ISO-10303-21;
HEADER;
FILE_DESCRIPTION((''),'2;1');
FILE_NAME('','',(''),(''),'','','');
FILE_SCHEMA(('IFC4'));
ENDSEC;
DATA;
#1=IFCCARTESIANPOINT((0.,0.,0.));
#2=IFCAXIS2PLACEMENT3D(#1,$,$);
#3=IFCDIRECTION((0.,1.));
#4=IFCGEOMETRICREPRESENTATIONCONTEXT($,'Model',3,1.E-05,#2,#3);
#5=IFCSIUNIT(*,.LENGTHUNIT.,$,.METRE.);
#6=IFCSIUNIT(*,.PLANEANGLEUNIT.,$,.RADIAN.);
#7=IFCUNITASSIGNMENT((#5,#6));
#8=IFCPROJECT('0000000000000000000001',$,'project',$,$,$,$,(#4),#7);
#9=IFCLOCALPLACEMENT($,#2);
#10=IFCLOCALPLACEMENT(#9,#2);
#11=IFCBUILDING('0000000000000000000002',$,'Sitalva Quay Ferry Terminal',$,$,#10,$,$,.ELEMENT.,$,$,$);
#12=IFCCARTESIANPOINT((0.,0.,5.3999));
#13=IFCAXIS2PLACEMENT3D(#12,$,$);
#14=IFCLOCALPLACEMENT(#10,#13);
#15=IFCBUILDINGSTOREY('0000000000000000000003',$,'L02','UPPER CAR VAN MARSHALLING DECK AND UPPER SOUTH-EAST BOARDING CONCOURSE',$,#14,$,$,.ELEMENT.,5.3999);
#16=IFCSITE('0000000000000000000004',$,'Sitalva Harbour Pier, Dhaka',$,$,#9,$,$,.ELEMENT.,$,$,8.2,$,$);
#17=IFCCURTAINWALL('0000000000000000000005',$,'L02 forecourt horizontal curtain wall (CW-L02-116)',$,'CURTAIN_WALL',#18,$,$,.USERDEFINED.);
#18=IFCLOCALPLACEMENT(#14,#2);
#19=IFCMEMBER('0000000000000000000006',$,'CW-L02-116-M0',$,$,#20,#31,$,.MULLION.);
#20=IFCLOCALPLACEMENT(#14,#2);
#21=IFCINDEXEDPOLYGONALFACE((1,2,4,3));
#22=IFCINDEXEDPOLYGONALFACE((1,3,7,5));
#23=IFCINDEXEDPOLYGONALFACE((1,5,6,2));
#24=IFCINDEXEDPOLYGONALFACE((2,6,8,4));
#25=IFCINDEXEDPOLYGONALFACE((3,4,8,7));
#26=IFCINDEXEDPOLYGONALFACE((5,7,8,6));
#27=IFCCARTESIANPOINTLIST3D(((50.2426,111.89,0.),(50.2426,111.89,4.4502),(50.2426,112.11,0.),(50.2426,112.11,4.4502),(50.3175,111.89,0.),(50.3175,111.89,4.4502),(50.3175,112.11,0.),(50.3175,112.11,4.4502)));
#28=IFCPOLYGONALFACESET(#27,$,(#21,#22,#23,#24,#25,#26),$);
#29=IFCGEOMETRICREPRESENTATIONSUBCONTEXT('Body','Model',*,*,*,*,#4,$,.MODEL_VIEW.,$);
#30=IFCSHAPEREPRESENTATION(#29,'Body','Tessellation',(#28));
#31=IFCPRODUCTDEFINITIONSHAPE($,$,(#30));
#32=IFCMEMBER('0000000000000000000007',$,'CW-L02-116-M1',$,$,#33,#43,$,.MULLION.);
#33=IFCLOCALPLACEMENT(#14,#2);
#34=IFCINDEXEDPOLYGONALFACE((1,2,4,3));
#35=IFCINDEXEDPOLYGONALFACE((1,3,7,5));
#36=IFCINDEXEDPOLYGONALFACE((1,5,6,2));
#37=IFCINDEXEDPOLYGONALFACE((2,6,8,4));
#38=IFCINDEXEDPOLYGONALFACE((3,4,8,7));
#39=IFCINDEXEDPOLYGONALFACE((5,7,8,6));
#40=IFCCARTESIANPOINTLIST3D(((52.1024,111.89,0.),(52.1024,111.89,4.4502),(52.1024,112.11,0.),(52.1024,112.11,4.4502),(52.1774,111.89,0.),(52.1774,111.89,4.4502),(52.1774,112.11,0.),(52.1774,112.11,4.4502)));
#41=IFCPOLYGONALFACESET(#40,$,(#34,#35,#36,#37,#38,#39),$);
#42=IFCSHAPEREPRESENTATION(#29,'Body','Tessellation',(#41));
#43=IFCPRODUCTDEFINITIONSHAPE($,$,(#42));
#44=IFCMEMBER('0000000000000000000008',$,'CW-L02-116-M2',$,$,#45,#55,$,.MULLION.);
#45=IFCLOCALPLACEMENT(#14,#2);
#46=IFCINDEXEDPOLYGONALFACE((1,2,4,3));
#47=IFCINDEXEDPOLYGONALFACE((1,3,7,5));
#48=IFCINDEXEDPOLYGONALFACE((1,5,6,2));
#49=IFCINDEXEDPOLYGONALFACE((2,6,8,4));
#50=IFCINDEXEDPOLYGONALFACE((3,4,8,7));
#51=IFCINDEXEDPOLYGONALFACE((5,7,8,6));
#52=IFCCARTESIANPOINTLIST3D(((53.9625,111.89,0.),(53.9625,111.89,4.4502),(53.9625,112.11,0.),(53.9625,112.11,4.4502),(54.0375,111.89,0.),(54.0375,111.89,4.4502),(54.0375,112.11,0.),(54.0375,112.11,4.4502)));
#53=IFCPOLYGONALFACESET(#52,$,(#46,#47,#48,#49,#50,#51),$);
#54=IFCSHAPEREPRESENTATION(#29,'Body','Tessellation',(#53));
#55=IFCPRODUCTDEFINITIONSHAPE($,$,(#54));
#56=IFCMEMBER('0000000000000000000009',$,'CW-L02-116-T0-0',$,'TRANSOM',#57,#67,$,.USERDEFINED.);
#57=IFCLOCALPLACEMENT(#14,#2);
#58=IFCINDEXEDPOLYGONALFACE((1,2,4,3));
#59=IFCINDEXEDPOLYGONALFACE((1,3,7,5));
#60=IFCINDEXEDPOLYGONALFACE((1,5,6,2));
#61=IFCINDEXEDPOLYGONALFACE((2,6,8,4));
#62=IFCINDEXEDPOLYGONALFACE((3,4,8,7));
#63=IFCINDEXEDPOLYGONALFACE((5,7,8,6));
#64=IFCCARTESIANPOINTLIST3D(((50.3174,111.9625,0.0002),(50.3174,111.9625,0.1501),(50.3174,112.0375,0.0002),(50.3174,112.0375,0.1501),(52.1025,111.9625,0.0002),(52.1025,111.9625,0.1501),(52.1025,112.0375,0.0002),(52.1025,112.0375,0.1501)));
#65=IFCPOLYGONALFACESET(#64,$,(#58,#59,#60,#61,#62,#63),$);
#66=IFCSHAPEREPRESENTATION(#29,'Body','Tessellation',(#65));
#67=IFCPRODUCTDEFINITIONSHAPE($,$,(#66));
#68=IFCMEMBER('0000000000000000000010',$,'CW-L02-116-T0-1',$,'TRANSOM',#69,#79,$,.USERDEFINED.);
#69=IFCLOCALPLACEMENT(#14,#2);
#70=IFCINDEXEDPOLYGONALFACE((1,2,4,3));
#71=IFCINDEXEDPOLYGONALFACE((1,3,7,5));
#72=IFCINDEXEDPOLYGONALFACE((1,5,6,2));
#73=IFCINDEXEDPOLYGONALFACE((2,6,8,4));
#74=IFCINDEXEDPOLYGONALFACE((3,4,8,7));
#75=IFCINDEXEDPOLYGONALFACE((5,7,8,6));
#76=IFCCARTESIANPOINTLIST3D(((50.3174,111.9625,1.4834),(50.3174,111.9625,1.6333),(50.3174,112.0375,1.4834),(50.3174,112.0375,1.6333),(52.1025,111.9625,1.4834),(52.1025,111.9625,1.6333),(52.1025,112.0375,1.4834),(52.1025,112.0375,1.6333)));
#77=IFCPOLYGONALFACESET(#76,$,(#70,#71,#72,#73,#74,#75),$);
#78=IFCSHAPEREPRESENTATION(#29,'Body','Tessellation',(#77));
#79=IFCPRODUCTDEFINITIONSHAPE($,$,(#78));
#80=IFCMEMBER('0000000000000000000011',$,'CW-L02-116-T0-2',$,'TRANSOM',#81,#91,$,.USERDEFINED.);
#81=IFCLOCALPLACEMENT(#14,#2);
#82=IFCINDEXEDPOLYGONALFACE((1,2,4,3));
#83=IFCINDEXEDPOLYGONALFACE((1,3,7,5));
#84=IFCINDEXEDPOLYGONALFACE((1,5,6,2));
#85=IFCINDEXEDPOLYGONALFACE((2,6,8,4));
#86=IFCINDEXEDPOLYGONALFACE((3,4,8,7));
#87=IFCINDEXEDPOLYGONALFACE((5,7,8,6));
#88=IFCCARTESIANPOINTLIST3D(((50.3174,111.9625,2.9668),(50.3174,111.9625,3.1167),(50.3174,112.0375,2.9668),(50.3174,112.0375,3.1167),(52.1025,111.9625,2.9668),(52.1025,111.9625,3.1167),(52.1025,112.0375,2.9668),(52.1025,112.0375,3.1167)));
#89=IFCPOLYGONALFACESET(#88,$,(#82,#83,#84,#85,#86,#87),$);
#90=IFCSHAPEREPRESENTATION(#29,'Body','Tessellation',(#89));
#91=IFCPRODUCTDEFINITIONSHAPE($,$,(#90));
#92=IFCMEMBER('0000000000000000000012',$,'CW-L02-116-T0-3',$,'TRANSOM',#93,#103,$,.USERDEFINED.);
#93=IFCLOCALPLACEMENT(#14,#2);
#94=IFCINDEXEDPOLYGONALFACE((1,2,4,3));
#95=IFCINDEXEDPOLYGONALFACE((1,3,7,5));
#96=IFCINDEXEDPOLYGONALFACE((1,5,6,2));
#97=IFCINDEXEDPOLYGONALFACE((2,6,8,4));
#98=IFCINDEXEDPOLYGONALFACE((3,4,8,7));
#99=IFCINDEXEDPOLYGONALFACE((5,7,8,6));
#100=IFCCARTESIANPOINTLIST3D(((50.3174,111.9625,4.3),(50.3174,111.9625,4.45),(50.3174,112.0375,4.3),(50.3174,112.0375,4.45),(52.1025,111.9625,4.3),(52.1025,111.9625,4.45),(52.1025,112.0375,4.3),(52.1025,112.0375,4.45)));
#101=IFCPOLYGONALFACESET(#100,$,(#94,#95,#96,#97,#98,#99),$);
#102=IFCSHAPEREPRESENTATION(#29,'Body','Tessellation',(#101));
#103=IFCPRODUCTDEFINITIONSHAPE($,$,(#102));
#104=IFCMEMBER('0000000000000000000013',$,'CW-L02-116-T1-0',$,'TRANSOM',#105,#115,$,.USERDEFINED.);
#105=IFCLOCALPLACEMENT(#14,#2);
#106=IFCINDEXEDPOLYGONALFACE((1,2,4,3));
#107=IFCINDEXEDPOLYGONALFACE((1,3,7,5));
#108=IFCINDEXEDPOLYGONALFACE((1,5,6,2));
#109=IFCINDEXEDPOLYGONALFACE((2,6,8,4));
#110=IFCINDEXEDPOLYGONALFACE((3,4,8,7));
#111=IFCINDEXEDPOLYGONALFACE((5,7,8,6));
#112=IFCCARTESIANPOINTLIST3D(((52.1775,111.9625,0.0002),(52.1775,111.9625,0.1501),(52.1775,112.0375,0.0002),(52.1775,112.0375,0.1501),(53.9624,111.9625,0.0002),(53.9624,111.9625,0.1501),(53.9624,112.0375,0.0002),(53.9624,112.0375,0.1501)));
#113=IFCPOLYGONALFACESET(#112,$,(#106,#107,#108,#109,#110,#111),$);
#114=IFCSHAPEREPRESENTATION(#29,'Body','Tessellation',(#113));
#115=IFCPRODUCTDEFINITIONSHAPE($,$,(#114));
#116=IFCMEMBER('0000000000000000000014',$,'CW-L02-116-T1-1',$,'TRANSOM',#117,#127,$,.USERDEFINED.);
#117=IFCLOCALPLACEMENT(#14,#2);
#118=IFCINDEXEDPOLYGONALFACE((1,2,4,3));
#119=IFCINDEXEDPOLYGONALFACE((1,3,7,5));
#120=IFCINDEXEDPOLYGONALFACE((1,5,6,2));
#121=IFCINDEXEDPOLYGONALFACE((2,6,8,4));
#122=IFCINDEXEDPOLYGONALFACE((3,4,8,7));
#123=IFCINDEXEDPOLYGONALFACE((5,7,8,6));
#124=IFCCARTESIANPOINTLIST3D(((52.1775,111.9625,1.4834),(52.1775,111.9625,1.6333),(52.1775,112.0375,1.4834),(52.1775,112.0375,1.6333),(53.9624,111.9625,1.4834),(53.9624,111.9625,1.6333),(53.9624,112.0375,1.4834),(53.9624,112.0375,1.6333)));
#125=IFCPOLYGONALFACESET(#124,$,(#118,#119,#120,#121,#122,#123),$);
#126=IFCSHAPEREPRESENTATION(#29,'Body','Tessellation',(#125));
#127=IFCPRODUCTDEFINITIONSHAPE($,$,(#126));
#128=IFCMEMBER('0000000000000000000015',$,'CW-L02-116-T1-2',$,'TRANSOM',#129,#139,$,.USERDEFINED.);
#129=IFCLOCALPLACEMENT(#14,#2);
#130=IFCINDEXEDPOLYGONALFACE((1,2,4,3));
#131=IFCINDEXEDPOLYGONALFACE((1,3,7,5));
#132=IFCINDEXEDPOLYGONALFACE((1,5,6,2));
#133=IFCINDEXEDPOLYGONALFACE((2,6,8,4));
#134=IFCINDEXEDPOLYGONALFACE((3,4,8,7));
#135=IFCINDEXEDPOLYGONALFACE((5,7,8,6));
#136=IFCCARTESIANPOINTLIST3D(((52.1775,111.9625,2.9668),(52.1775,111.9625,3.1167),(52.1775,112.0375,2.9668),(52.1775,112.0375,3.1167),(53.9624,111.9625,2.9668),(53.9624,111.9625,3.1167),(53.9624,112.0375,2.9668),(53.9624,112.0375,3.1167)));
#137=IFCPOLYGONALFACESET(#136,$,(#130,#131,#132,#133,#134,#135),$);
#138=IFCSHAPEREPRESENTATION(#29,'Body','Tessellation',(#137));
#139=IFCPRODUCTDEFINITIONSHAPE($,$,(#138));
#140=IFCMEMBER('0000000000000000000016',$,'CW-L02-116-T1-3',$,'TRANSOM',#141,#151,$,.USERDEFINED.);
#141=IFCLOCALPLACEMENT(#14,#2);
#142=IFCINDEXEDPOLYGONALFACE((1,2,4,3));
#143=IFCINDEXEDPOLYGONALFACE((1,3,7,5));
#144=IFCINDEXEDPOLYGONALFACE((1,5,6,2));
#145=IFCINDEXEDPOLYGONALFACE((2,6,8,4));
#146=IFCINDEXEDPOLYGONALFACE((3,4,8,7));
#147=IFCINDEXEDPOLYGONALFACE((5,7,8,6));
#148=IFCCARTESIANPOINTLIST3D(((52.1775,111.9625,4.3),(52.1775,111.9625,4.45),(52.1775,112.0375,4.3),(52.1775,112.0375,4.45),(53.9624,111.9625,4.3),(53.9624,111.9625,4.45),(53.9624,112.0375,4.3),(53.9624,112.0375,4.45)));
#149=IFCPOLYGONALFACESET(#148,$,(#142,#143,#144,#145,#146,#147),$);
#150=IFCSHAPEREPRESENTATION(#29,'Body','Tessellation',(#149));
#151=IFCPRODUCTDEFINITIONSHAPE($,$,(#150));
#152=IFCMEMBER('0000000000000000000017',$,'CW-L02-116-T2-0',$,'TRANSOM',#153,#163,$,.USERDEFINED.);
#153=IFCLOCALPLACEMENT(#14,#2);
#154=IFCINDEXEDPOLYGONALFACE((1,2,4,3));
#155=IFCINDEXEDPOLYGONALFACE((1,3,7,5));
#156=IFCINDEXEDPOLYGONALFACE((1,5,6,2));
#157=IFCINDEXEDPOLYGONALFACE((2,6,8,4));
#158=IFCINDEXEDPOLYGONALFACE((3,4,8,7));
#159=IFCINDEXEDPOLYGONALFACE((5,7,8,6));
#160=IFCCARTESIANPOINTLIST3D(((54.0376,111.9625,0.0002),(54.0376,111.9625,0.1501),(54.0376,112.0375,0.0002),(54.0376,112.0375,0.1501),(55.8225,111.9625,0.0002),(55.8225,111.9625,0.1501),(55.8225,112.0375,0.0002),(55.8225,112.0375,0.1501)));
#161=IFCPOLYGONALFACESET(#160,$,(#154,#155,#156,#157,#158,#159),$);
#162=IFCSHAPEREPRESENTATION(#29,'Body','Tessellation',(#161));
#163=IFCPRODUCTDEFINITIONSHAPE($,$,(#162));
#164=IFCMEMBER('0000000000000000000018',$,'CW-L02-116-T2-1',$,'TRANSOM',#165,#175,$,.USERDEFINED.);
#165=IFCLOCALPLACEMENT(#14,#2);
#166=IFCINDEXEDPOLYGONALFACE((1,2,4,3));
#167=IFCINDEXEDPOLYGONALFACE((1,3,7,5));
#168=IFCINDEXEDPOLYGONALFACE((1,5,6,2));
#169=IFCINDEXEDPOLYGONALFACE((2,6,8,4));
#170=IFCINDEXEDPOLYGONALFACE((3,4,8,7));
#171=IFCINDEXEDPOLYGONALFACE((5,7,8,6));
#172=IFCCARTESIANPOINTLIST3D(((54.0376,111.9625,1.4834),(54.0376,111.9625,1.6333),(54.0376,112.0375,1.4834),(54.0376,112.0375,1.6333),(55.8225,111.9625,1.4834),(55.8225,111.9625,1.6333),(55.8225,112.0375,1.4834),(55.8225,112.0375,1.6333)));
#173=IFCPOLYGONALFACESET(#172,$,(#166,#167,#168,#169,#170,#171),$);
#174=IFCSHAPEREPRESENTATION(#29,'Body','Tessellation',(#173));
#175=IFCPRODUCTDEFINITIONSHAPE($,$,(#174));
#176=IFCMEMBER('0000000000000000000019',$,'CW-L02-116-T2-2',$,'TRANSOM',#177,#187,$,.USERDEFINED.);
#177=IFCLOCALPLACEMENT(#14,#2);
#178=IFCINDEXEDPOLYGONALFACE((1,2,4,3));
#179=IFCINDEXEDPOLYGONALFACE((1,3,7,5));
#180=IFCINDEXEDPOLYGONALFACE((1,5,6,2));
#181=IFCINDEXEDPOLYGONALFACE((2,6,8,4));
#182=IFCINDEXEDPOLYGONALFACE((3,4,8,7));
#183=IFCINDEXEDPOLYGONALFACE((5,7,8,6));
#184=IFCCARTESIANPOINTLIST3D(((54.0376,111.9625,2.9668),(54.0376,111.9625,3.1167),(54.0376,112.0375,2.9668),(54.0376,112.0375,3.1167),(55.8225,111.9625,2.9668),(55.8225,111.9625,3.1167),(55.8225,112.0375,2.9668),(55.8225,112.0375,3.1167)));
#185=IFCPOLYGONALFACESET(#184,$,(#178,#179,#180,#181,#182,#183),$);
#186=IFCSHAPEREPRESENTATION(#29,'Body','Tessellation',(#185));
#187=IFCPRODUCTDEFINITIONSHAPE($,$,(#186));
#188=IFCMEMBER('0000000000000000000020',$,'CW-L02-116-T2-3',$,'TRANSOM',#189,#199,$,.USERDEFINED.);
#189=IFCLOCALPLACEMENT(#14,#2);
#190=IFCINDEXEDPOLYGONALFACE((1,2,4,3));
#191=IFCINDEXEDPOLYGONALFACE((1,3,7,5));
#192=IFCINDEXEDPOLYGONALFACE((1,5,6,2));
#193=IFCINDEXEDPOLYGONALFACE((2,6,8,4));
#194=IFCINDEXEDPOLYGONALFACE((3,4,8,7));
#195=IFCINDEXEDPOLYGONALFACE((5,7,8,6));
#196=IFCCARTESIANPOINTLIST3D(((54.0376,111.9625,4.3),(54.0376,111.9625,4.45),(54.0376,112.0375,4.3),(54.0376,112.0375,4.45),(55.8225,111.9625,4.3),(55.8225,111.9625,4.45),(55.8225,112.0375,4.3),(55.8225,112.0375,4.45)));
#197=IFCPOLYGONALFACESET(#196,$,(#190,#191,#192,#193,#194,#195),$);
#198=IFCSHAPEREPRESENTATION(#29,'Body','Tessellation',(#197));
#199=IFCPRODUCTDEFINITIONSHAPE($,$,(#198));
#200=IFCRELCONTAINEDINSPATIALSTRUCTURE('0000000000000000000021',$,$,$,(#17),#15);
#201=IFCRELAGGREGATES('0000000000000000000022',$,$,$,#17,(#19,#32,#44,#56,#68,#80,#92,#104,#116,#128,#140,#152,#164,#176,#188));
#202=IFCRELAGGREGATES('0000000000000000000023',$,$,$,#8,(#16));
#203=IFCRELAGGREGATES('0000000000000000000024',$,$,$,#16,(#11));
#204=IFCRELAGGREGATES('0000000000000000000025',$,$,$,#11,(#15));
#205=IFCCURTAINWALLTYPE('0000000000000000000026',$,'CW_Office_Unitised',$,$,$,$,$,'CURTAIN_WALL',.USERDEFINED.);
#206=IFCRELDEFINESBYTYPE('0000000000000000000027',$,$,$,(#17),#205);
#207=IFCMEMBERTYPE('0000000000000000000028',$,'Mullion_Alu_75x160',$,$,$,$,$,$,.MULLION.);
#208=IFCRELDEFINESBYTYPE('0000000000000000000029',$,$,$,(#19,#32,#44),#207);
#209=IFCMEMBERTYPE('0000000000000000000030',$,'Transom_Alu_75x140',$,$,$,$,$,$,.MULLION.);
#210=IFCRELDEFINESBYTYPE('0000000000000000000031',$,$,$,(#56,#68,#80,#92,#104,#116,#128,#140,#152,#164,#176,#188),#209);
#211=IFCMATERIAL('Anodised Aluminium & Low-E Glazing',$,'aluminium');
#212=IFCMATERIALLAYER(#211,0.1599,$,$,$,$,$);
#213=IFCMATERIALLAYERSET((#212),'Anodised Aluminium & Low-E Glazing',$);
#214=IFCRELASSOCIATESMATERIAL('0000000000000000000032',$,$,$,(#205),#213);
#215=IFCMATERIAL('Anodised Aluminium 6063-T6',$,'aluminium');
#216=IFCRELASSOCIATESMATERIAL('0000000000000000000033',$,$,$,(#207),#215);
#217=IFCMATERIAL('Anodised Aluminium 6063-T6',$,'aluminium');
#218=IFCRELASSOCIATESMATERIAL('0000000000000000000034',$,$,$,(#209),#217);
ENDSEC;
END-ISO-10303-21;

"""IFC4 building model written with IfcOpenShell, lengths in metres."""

from ifc_helpers import new_model, si_unit, direction, frame, origin, origin_2d, place, context, subcontext, project, spatial, rectangle, extrude, material, layer, layer_set, material_profile, profile_set, type_object, element, aggregate, save


model = new_model("IFC4")

# Units and contexts
model_context = context("Model", 3, precision=1e-05, world=origin(), true_north=direction((0.0, 1.0)))
body_context = subcontext(model_context, "Body", "Model", "MODEL_VIEW")
ifc_project = project(units=[si_unit("LENGTHUNIT", "METRE"), si_unit("PLANEANGLEUNIT", "RADIAN")], contexts=[model_context])

# Site, building, storey
site_placement = place(None, origin())
site = spatial("IfcSite", under=ifc_project, at=site_placement, Name="Sitalva Harbour Pier, Dhaka", CompositionType="ELEMENT", RefElevation=8.2)
building_placement = place(site_placement, origin())
building = spatial("IfcBuilding", under=site, at=building_placement, Name="Sitalva Quay Ferry Terminal", CompositionType="ELEMENT")
storey_placement = place(building_placement, frame((0.0, 0.0, 5.3999)))
storey = spatial("IfcBuildingStorey", under=building, at=storey_placement, Name="L02", Description="UPPER CAR VAN MARSHALLING DECK AND UPPER SOUTH-EAST BOARDING CONCOURSE", CompositionType="ELEMENT", Elevation=5.3999)

# Curtain wall, members
ifc_material_1 = material(Name="Anodised Aluminium & Low-E Glazing", Category="aluminium")
ifc_layer_1 = layer(ifc_material_1, 0.1599)
ifc_layer_set_1 = layer_set([ifc_layer_1], Name="Anodised Aluminium & Low-E Glazing")
curtain_wall_type = type_object("IfcCurtainWallType", Name="CW_Office_Unitised", ElementType="CURTAIN_WALL", PredefinedType="USERDEFINED", material=ifc_layer_set_1)
curtain_wall_placement = place(storey_placement, origin())
curtain_wall = element("IfcCurtainWall", 1, at=curtain_wall_placement, inside=storey, type_object=curtain_wall_type, Name="L02 forecourt horizontal curtain wall (CW-L02-116)", ObjectType="CURTAIN_WALL", PredefinedType="USERDEFINED")
ifc_material_2 = material(Name="Anodised Aluminium 6063-T6", Category="aluminium")
ifc_material_profile_1 = material_profile(ifc_material_2, rectangle(XDim=0.075, YDim=0.22, at=origin_2d()), Name="ALU75x220")
ifc_profile_set_1 = profile_set([ifc_material_profile_1], Name="Anodised Aluminium 6063-T6")
member_type_1 = type_object("IfcMemberType", Name="Mullion_Alu_75x160", PredefinedType="MULLION", material=ifc_profile_set_1)
member_1_placement = place(storey_placement, frame((50.28, 112.0, 0.0), z_axis=(0.0, 0.0, 1.0), x_axis=(1.0, 0.0, 0.0)))
member_1 = element("IfcMember", 2, at=member_1_placement, type_object=member_type_1, Name="CW-L02-116-M0", PredefinedType="MULLION", context=body_context, shape_type="SweptSolid", body=[
    extrude(rectangle(XDim=0.075, YDim=0.22, at=origin_2d()), origin(), (0.0, 0.0, 1.0), 4.4502),
])
member_2_placement = place(storey_placement, frame((52.1399, 112.0, 0.0), z_axis=(0.0, 0.0, 1.0), x_axis=(1.0, 0.0, 0.0)))
member_2 = element("IfcMember", 3, at=member_2_placement, type_object=member_type_1, Name="CW-L02-116-M1", PredefinedType="MULLION", context=body_context, shape_type="SweptSolid", body=[
    extrude(rectangle(XDim=0.075, YDim=0.22, at=origin_2d()), origin(), (0.0, 0.0, 1.0), 4.4502),
])
member_3_placement = place(storey_placement, frame((54.0, 112.0, 0.0), z_axis=(0.0, 0.0, 1.0), x_axis=(1.0, 0.0, 0.0)))
member_3 = element("IfcMember", 4, at=member_3_placement, type_object=member_type_1, Name="CW-L02-116-M2", PredefinedType="MULLION", context=body_context, shape_type="SweptSolid", body=[
    extrude(rectangle(XDim=0.075, YDim=0.22, at=origin_2d()), origin(), (0.0, 0.0, 1.0), 4.4502),
])
ifc_material_3 = material(Name="Anodised Aluminium 6063-T6", Category="aluminium")
ifc_material_profile_2 = material_profile(ifc_material_3, rectangle(XDim=0.075, YDim=0.1499, at=origin_2d()), Name="ALU75x150")
ifc_profile_set_2 = profile_set([ifc_material_profile_2], Name="Anodised Aluminium 6063-T6")
member_type_2 = type_object("IfcMemberType", Name="Transom_Alu_75x140", PredefinedType="MULLION", material=ifc_profile_set_2)
member_4_placement = place(storey_placement, frame((50.3174, 112.0, 0.0752), z_axis=(1.0, 0.0, 0.0), x_axis=(0.0, 1.0, 0.0)))
member_4 = element("IfcMember", 5, at=member_4_placement, type_object=member_type_2, Name="CW-L02-116-T0-0", ObjectType="TRANSOM", PredefinedType="USERDEFINED", context=body_context, shape_type="SweptSolid", body=[
    extrude(rectangle(XDim=0.075, YDim=0.1499, at=origin_2d()), origin(), (0.0, 0.0, 1.0), 1.7852),
])
member_5_placement = place(storey_placement, frame((50.3174, 112.0, 1.5583), z_axis=(1.0, 0.0, 0.0), x_axis=(0.0, 1.0, 0.0)))
member_5 = element("IfcMember", 6, at=member_5_placement, type_object=member_type_2, Name="CW-L02-116-T0-1", ObjectType="TRANSOM", PredefinedType="USERDEFINED", context=body_context, shape_type="SweptSolid", body=[
    extrude(rectangle(XDim=0.075, YDim=0.1499, at=origin_2d()), origin(), (0.0, 0.0, 1.0), 1.7852),
])
member_6_placement = place(storey_placement, frame((50.3174, 112.0, 3.0417), z_axis=(1.0, 0.0, 0.0), x_axis=(0.0, 1.0, 0.0)))
member_6 = element("IfcMember", 7, at=member_6_placement, type_object=member_type_2, Name="CW-L02-116-T0-2", ObjectType="TRANSOM", PredefinedType="USERDEFINED", context=body_context, shape_type="SweptSolid", body=[
    extrude(rectangle(XDim=0.075, YDim=0.1499, at=origin_2d()), origin(), (0.0, 0.0, 1.0), 1.7852),
])
member_7_placement = place(storey_placement, frame((50.3174, 112.0, 4.375), z_axis=(1.0, 0.0, 0.0), x_axis=(0.0, 1.0, 0.0)))
member_7 = element("IfcMember", 8, at=member_7_placement, type_object=member_type_2, Name="CW-L02-116-T0-3", ObjectType="TRANSOM", PredefinedType="USERDEFINED", context=body_context, shape_type="SweptSolid", body=[
    extrude(rectangle(XDim=0.075, YDim=0.1499, at=origin_2d()), origin(), (0.0, 0.0, 1.0), 1.7852),
])
member_8_placement = place(storey_placement, frame((52.1775, 112.0, 0.0752), z_axis=(1.0, 0.0, 0.0), x_axis=(0.0, 1.0, 0.0)))
member_8 = element("IfcMember", 9, at=member_8_placement, type_object=member_type_2, Name="CW-L02-116-T1-0", ObjectType="TRANSOM", PredefinedType="USERDEFINED", context=body_context, shape_type="SweptSolid", body=[
    extrude(rectangle(XDim=0.075, YDim=0.1499, at=origin_2d()), origin(), (0.0, 0.0, 1.0), 1.7849),
])
member_9_placement = place(storey_placement, frame((52.1775, 112.0, 1.5583), z_axis=(1.0, 0.0, 0.0), x_axis=(0.0, 1.0, 0.0)))
member_9 = element("IfcMember", 10, at=member_9_placement, type_object=member_type_2, Name="CW-L02-116-T1-1", ObjectType="TRANSOM", PredefinedType="USERDEFINED", context=body_context, shape_type="SweptSolid", body=[
    extrude(rectangle(XDim=0.075, YDim=0.1499, at=origin_2d()), origin(), (0.0, 0.0, 1.0), 1.7849),
])
member_10_placement = place(storey_placement, frame((52.1775, 112.0, 3.0417), z_axis=(1.0, 0.0, 0.0), x_axis=(0.0, 1.0, 0.0)))
member_10 = element("IfcMember", 11, at=member_10_placement, type_object=member_type_2, Name="CW-L02-116-T1-2", ObjectType="TRANSOM", PredefinedType="USERDEFINED", context=body_context, shape_type="SweptSolid", body=[
    extrude(rectangle(XDim=0.075, YDim=0.1499, at=origin_2d()), origin(), (0.0, 0.0, 1.0), 1.7849),
])
member_11_placement = place(storey_placement, frame((52.1775, 112.0, 4.375), z_axis=(1.0, 0.0, 0.0), x_axis=(0.0, 1.0, 0.0)))
member_11 = element("IfcMember", 12, at=member_11_placement, type_object=member_type_2, Name="CW-L02-116-T1-3", ObjectType="TRANSOM", PredefinedType="USERDEFINED", context=body_context, shape_type="SweptSolid", body=[
    extrude(rectangle(XDim=0.075, YDim=0.1499, at=origin_2d()), origin(), (0.0, 0.0, 1.0), 1.7849),
])
member_12_placement = place(storey_placement, frame((54.0376, 112.0, 0.0752), z_axis=(1.0, 0.0, 0.0), x_axis=(0.0, 1.0, 0.0)))
member_12 = element("IfcMember", 13, at=member_12_placement, type_object=member_type_2, Name="CW-L02-116-T2-0", ObjectType="TRANSOM", PredefinedType="USERDEFINED", context=body_context, shape_type="SweptSolid", body=[
    extrude(rectangle(XDim=0.075, YDim=0.1499, at=origin_2d()), origin(), (0.0, 0.0, 1.0), 1.7849),
])
member_13_placement = place(storey_placement, frame((54.0376, 112.0, 1.5583), z_axis=(1.0, 0.0, 0.0), x_axis=(0.0, 1.0, 0.0)))
member_13 = element("IfcMember", 14, at=member_13_placement, type_object=member_type_2, Name="CW-L02-116-T2-1", ObjectType="TRANSOM", PredefinedType="USERDEFINED", context=body_context, shape_type="SweptSolid", body=[
    extrude(rectangle(XDim=0.075, YDim=0.1499, at=origin_2d()), origin(), (0.0, 0.0, 1.0), 1.7849),
])
member_14_placement = place(storey_placement, frame((54.0376, 112.0, 3.0417), z_axis=(1.0, 0.0, 0.0), x_axis=(0.0, 1.0, 0.0)))
member_14 = element("IfcMember", 15, at=member_14_placement, type_object=member_type_2, Name="CW-L02-116-T2-2", ObjectType="TRANSOM", PredefinedType="USERDEFINED", context=body_context, shape_type="SweptSolid", body=[
    extrude(rectangle(XDim=0.075, YDim=0.1499, at=origin_2d()), origin(), (0.0, 0.0, 1.0), 1.7849),
])
member_15_placement = place(storey_placement, frame((54.0376, 112.0, 4.375), z_axis=(1.0, 0.0, 0.0), x_axis=(0.0, 1.0, 0.0)))
member_15 = element("IfcMember", 16, at=member_15_placement, type_object=member_type_2, Name="CW-L02-116-T2-3", ObjectType="TRANSOM", PredefinedType="USERDEFINED", context=body_context, shape_type="SweptSolid", body=[
    extrude(rectangle(XDim=0.075, YDim=0.1499, at=origin_2d()), origin(), (0.0, 0.0, 1.0), 1.7849),
])
aggregate(curtain_wall, [member_1, member_2, member_3, member_4, member_5, member_6, member_7, member_8, member_9, member_10, member_11, member_12, member_13, member_14, member_15])

save(model, "model.ifc")
